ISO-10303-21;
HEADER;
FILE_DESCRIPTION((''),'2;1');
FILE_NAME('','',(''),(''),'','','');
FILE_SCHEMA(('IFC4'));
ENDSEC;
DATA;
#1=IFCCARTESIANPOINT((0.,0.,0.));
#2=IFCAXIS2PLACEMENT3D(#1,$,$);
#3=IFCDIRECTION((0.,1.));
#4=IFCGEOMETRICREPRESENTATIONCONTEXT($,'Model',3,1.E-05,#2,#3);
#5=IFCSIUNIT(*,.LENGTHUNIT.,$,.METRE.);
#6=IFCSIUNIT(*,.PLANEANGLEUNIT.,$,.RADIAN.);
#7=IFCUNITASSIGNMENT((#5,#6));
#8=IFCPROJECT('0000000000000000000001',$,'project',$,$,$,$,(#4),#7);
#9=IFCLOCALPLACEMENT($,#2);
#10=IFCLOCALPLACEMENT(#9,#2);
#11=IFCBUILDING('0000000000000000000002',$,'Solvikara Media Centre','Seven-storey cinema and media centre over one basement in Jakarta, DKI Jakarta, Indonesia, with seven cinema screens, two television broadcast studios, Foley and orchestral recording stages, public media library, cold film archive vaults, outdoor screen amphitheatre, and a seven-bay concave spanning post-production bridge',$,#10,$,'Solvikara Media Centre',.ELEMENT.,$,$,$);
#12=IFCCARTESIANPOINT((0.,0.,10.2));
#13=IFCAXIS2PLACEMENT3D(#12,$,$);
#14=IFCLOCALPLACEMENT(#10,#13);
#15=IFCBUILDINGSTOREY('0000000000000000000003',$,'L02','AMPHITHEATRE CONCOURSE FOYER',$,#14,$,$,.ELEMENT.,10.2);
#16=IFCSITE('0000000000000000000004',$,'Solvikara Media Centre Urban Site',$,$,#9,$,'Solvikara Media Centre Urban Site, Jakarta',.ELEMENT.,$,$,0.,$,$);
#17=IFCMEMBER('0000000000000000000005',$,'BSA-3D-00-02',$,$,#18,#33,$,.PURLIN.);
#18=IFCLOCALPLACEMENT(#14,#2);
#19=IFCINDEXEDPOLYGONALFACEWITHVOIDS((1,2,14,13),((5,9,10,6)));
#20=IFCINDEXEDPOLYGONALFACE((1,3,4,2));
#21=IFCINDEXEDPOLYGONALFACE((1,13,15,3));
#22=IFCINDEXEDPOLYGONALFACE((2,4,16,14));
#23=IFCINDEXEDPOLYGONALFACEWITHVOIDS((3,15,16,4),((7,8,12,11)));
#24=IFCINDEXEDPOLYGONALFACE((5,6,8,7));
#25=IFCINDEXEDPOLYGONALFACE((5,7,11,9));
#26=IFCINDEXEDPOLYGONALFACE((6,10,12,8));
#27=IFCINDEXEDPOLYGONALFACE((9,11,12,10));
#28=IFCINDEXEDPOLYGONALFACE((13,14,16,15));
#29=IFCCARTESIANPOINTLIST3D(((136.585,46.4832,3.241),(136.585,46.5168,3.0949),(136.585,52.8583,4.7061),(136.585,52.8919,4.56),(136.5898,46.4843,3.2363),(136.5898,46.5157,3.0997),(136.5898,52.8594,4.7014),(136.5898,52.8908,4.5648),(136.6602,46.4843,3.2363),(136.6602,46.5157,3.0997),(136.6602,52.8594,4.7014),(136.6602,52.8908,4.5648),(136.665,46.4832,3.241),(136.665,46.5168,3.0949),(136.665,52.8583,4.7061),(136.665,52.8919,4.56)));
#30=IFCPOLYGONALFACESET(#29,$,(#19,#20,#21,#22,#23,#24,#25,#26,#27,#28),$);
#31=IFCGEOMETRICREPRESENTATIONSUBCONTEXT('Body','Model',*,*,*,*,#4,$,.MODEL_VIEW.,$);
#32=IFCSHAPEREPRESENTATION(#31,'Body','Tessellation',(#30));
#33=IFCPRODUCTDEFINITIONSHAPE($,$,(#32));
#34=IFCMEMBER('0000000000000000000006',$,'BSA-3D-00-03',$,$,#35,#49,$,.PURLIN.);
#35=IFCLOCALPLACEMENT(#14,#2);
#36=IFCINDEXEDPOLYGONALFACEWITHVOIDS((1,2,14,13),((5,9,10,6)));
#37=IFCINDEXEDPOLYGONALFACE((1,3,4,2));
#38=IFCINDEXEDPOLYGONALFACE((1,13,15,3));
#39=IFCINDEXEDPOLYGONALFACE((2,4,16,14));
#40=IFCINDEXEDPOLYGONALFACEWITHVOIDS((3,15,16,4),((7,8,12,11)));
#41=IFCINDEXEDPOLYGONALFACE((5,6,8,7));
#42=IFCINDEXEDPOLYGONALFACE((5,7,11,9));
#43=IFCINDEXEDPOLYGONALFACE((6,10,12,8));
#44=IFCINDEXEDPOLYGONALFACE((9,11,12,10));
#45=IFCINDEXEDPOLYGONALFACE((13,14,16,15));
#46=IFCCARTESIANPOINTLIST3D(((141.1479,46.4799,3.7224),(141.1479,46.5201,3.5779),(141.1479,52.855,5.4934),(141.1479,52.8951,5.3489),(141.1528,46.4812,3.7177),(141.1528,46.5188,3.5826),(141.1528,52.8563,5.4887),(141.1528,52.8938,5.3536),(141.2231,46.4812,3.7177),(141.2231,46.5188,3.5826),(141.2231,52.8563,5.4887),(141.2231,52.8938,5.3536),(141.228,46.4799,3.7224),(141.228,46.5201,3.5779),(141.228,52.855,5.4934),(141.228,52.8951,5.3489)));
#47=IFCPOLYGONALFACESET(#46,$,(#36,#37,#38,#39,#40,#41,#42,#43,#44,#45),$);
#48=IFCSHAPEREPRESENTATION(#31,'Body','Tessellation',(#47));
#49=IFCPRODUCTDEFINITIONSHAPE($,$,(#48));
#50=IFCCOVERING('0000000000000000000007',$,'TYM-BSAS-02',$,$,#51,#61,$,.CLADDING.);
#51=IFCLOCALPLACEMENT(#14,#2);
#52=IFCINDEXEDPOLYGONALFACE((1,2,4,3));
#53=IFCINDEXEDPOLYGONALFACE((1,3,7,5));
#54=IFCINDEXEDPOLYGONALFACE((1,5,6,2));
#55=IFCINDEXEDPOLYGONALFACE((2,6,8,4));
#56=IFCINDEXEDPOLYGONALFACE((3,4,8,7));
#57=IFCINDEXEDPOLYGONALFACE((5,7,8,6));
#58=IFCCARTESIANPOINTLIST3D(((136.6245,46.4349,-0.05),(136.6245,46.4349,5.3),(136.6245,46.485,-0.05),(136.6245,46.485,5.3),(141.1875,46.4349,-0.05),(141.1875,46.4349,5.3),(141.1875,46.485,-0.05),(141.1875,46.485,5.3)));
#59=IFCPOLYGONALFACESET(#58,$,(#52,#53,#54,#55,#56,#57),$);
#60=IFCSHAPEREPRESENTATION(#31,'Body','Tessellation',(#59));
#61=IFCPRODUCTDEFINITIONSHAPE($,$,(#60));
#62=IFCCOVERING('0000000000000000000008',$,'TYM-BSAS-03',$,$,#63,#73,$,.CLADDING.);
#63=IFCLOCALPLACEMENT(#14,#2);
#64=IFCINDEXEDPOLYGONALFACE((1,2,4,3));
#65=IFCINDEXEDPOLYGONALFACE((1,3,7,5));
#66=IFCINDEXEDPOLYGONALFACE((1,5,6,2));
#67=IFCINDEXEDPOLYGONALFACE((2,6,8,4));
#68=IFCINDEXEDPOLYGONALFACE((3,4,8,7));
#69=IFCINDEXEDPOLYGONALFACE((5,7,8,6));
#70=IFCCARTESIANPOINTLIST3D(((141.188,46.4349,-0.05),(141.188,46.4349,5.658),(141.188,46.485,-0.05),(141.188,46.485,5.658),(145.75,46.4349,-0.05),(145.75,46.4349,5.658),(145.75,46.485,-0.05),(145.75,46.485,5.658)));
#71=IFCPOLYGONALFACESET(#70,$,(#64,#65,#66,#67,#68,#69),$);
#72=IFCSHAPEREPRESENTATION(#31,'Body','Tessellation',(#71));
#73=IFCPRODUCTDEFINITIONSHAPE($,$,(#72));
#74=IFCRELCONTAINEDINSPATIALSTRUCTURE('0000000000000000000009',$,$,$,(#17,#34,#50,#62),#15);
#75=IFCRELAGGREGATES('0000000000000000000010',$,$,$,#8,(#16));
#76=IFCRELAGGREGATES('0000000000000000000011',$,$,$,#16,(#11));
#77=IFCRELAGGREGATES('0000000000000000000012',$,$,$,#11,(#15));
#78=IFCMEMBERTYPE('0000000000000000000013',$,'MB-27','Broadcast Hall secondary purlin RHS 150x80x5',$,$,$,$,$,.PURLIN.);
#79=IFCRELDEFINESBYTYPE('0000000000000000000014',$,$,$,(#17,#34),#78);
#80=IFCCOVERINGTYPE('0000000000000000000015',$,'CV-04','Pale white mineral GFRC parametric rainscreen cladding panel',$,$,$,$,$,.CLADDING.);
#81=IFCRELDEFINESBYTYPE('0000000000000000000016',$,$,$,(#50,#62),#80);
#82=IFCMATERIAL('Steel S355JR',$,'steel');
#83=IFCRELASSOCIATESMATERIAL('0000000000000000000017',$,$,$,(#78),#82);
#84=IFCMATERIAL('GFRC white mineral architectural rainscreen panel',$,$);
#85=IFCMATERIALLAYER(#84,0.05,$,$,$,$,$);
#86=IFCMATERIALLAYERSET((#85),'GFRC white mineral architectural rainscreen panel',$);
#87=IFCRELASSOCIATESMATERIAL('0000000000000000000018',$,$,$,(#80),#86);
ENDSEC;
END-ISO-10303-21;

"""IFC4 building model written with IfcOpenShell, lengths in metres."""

from ifc_helpers import new_model, si_unit, direction, frame, origin, origin_2d, place, context, subcontext, project, spatial, rectangle, hollow_rectangle, extrude, material, layer, layer_set, material_profile, profile_set, type_object, element, save


model = new_model("IFC4")

# Units and contexts
model_context = context("Model", 3, precision=1e-05, world=origin(), true_north=direction((0.0, 1.0)))
body_context = subcontext(model_context, "Body", "Model", "MODEL_VIEW")
ifc_project = project(units=[si_unit("LENGTHUNIT", "METRE"), si_unit("PLANEANGLEUNIT", "RADIAN")], contexts=[model_context])

# Site, building, storey
site_placement = place(None, origin())
site = spatial("IfcSite", under=ifc_project, at=site_placement, Name="Solvikara Media Centre Urban Site", LongName="Solvikara Media Centre Urban Site, Jakarta", CompositionType="ELEMENT", RefElevation=0.0)
building_placement = place(site_placement, origin())
building = spatial("IfcBuilding", under=site, at=building_placement, Name="Solvikara Media Centre", Description="Seven-storey cinema and media centre over one basement in Jakarta, DKI Jakarta, Indonesia, with seven cinema screens, two television broadcast studios, Foley and orchestral recording stages, public media library, cold film archive vaults, outdoor screen amphitheatre, and a seven-bay concave spanning post-production bridge", LongName="Solvikara Media Centre", CompositionType="ELEMENT")
storey_placement = place(building_placement, frame((0.0, 0.0, 10.2)))
storey = spatial("IfcBuildingStorey", under=building, at=storey_placement, Name="L02", Description="AMPHITHEATRE CONCOURSE FOYER", CompositionType="ELEMENT", Elevation=10.2)

# Shared definitions
ifc_material_1 = material(Name="Steel S355JR", Category="steel")

# Members
ifc_material_profile_1 = material_profile(ifc_material_1, hollow_rectangle(XDim=0.0801, YDim=0.1499, WallThickness=0.0049, at=origin_2d()), Name="RHS 150x80x5")
ifc_profile_set_1 = profile_set([ifc_material_profile_1], Name="Steel S355JR")
member_type_1 = type_object("IfcMemberType", Name="MB-27", Description="Broadcast Hall secondary purlin RHS 150x80x5", PredefinedType="PURLIN", material=ifc_profile_set_1)
member_1_placement = place(storey_placement, frame((136.625, 46.5, 3.168), z_axis=(0.0, 0.974594, 0.223979), x_axis=(-1.0, 0.0, 0.0)))
element("IfcMember", 1, at=member_1_placement, inside=storey, type_object=member_type_1, Name="BSA-3D-00-02", PredefinedType="PURLIN", context=body_context, shape_type="SweptSolid", body=[
    extrude(hollow_rectangle(XDim=0.0801, YDim=0.1499, WallThickness=0.0049, at=origin_2d()), origin(), (0.0, 0.0, 1.0), 6.5413),
])
member_2_placement = place(storey_placement, frame((141.188, 46.5, 3.6501), z_axis=(0.0, 0.963512, 0.267667), x_axis=(-1.0, 0.0, 0.0)))
element("IfcMember", 2, at=member_2_placement, inside=storey, type_object=member_type_1, Name="BSA-3D-00-03", PredefinedType="PURLIN", context=body_context, shape_type="SweptSolid", body=[
    extrude(hollow_rectangle(XDim=0.0801, YDim=0.1499, WallThickness=0.0049, at=origin_2d()), origin(), (0.0, 0.0, 1.0), 6.6165),
])

# Coverings
ifc_material_2 = material(Name="GFRC white mineral architectural rainscreen panel")
ifc_layer = layer(ifc_material_2, 0.05)
ifc_layer_set = layer_set([ifc_layer], Name="GFRC white mineral architectural rainscreen panel")
covering_type = type_object("IfcCoveringType", Name="CV-04", Description="Pale white mineral GFRC parametric rainscreen cladding panel", PredefinedType="CLADDING", material=ifc_layer_set)
covering_1_placement = place(storey_placement, frame((138.906, 46.46, -0.05), z_axis=(0.0, 0.0, 1.0), x_axis=(1.0, 0.0, 0.0)))
element("IfcCovering", 3, at=covering_1_placement, inside=storey, type_object=covering_type, Name="TYM-BSAS-02", PredefinedType="CLADDING", context=body_context, shape_type="SweptSolid", body=[
    extrude(rectangle(XDim=4.563, YDim=0.05, at=origin_2d()), origin(), (0.0, 0.0, 1.0), 5.3501),
])
covering_2_placement = place(storey_placement, frame((143.469, 46.46, -0.05), z_axis=(0.0, 0.0, 1.0), x_axis=(1.0, 0.0, 0.0)))
element("IfcCovering", 4, at=covering_2_placement, inside=storey, type_object=covering_type, Name="TYM-BSAS-03", PredefinedType="CLADDING", context=body_context, shape_type="SweptSolid", body=[
    extrude(rectangle(XDim=4.562, YDim=0.05, at=origin_2d()), origin(), (0.0, 0.0, 1.0), 5.708),
])

save(model, "model.ifc")
